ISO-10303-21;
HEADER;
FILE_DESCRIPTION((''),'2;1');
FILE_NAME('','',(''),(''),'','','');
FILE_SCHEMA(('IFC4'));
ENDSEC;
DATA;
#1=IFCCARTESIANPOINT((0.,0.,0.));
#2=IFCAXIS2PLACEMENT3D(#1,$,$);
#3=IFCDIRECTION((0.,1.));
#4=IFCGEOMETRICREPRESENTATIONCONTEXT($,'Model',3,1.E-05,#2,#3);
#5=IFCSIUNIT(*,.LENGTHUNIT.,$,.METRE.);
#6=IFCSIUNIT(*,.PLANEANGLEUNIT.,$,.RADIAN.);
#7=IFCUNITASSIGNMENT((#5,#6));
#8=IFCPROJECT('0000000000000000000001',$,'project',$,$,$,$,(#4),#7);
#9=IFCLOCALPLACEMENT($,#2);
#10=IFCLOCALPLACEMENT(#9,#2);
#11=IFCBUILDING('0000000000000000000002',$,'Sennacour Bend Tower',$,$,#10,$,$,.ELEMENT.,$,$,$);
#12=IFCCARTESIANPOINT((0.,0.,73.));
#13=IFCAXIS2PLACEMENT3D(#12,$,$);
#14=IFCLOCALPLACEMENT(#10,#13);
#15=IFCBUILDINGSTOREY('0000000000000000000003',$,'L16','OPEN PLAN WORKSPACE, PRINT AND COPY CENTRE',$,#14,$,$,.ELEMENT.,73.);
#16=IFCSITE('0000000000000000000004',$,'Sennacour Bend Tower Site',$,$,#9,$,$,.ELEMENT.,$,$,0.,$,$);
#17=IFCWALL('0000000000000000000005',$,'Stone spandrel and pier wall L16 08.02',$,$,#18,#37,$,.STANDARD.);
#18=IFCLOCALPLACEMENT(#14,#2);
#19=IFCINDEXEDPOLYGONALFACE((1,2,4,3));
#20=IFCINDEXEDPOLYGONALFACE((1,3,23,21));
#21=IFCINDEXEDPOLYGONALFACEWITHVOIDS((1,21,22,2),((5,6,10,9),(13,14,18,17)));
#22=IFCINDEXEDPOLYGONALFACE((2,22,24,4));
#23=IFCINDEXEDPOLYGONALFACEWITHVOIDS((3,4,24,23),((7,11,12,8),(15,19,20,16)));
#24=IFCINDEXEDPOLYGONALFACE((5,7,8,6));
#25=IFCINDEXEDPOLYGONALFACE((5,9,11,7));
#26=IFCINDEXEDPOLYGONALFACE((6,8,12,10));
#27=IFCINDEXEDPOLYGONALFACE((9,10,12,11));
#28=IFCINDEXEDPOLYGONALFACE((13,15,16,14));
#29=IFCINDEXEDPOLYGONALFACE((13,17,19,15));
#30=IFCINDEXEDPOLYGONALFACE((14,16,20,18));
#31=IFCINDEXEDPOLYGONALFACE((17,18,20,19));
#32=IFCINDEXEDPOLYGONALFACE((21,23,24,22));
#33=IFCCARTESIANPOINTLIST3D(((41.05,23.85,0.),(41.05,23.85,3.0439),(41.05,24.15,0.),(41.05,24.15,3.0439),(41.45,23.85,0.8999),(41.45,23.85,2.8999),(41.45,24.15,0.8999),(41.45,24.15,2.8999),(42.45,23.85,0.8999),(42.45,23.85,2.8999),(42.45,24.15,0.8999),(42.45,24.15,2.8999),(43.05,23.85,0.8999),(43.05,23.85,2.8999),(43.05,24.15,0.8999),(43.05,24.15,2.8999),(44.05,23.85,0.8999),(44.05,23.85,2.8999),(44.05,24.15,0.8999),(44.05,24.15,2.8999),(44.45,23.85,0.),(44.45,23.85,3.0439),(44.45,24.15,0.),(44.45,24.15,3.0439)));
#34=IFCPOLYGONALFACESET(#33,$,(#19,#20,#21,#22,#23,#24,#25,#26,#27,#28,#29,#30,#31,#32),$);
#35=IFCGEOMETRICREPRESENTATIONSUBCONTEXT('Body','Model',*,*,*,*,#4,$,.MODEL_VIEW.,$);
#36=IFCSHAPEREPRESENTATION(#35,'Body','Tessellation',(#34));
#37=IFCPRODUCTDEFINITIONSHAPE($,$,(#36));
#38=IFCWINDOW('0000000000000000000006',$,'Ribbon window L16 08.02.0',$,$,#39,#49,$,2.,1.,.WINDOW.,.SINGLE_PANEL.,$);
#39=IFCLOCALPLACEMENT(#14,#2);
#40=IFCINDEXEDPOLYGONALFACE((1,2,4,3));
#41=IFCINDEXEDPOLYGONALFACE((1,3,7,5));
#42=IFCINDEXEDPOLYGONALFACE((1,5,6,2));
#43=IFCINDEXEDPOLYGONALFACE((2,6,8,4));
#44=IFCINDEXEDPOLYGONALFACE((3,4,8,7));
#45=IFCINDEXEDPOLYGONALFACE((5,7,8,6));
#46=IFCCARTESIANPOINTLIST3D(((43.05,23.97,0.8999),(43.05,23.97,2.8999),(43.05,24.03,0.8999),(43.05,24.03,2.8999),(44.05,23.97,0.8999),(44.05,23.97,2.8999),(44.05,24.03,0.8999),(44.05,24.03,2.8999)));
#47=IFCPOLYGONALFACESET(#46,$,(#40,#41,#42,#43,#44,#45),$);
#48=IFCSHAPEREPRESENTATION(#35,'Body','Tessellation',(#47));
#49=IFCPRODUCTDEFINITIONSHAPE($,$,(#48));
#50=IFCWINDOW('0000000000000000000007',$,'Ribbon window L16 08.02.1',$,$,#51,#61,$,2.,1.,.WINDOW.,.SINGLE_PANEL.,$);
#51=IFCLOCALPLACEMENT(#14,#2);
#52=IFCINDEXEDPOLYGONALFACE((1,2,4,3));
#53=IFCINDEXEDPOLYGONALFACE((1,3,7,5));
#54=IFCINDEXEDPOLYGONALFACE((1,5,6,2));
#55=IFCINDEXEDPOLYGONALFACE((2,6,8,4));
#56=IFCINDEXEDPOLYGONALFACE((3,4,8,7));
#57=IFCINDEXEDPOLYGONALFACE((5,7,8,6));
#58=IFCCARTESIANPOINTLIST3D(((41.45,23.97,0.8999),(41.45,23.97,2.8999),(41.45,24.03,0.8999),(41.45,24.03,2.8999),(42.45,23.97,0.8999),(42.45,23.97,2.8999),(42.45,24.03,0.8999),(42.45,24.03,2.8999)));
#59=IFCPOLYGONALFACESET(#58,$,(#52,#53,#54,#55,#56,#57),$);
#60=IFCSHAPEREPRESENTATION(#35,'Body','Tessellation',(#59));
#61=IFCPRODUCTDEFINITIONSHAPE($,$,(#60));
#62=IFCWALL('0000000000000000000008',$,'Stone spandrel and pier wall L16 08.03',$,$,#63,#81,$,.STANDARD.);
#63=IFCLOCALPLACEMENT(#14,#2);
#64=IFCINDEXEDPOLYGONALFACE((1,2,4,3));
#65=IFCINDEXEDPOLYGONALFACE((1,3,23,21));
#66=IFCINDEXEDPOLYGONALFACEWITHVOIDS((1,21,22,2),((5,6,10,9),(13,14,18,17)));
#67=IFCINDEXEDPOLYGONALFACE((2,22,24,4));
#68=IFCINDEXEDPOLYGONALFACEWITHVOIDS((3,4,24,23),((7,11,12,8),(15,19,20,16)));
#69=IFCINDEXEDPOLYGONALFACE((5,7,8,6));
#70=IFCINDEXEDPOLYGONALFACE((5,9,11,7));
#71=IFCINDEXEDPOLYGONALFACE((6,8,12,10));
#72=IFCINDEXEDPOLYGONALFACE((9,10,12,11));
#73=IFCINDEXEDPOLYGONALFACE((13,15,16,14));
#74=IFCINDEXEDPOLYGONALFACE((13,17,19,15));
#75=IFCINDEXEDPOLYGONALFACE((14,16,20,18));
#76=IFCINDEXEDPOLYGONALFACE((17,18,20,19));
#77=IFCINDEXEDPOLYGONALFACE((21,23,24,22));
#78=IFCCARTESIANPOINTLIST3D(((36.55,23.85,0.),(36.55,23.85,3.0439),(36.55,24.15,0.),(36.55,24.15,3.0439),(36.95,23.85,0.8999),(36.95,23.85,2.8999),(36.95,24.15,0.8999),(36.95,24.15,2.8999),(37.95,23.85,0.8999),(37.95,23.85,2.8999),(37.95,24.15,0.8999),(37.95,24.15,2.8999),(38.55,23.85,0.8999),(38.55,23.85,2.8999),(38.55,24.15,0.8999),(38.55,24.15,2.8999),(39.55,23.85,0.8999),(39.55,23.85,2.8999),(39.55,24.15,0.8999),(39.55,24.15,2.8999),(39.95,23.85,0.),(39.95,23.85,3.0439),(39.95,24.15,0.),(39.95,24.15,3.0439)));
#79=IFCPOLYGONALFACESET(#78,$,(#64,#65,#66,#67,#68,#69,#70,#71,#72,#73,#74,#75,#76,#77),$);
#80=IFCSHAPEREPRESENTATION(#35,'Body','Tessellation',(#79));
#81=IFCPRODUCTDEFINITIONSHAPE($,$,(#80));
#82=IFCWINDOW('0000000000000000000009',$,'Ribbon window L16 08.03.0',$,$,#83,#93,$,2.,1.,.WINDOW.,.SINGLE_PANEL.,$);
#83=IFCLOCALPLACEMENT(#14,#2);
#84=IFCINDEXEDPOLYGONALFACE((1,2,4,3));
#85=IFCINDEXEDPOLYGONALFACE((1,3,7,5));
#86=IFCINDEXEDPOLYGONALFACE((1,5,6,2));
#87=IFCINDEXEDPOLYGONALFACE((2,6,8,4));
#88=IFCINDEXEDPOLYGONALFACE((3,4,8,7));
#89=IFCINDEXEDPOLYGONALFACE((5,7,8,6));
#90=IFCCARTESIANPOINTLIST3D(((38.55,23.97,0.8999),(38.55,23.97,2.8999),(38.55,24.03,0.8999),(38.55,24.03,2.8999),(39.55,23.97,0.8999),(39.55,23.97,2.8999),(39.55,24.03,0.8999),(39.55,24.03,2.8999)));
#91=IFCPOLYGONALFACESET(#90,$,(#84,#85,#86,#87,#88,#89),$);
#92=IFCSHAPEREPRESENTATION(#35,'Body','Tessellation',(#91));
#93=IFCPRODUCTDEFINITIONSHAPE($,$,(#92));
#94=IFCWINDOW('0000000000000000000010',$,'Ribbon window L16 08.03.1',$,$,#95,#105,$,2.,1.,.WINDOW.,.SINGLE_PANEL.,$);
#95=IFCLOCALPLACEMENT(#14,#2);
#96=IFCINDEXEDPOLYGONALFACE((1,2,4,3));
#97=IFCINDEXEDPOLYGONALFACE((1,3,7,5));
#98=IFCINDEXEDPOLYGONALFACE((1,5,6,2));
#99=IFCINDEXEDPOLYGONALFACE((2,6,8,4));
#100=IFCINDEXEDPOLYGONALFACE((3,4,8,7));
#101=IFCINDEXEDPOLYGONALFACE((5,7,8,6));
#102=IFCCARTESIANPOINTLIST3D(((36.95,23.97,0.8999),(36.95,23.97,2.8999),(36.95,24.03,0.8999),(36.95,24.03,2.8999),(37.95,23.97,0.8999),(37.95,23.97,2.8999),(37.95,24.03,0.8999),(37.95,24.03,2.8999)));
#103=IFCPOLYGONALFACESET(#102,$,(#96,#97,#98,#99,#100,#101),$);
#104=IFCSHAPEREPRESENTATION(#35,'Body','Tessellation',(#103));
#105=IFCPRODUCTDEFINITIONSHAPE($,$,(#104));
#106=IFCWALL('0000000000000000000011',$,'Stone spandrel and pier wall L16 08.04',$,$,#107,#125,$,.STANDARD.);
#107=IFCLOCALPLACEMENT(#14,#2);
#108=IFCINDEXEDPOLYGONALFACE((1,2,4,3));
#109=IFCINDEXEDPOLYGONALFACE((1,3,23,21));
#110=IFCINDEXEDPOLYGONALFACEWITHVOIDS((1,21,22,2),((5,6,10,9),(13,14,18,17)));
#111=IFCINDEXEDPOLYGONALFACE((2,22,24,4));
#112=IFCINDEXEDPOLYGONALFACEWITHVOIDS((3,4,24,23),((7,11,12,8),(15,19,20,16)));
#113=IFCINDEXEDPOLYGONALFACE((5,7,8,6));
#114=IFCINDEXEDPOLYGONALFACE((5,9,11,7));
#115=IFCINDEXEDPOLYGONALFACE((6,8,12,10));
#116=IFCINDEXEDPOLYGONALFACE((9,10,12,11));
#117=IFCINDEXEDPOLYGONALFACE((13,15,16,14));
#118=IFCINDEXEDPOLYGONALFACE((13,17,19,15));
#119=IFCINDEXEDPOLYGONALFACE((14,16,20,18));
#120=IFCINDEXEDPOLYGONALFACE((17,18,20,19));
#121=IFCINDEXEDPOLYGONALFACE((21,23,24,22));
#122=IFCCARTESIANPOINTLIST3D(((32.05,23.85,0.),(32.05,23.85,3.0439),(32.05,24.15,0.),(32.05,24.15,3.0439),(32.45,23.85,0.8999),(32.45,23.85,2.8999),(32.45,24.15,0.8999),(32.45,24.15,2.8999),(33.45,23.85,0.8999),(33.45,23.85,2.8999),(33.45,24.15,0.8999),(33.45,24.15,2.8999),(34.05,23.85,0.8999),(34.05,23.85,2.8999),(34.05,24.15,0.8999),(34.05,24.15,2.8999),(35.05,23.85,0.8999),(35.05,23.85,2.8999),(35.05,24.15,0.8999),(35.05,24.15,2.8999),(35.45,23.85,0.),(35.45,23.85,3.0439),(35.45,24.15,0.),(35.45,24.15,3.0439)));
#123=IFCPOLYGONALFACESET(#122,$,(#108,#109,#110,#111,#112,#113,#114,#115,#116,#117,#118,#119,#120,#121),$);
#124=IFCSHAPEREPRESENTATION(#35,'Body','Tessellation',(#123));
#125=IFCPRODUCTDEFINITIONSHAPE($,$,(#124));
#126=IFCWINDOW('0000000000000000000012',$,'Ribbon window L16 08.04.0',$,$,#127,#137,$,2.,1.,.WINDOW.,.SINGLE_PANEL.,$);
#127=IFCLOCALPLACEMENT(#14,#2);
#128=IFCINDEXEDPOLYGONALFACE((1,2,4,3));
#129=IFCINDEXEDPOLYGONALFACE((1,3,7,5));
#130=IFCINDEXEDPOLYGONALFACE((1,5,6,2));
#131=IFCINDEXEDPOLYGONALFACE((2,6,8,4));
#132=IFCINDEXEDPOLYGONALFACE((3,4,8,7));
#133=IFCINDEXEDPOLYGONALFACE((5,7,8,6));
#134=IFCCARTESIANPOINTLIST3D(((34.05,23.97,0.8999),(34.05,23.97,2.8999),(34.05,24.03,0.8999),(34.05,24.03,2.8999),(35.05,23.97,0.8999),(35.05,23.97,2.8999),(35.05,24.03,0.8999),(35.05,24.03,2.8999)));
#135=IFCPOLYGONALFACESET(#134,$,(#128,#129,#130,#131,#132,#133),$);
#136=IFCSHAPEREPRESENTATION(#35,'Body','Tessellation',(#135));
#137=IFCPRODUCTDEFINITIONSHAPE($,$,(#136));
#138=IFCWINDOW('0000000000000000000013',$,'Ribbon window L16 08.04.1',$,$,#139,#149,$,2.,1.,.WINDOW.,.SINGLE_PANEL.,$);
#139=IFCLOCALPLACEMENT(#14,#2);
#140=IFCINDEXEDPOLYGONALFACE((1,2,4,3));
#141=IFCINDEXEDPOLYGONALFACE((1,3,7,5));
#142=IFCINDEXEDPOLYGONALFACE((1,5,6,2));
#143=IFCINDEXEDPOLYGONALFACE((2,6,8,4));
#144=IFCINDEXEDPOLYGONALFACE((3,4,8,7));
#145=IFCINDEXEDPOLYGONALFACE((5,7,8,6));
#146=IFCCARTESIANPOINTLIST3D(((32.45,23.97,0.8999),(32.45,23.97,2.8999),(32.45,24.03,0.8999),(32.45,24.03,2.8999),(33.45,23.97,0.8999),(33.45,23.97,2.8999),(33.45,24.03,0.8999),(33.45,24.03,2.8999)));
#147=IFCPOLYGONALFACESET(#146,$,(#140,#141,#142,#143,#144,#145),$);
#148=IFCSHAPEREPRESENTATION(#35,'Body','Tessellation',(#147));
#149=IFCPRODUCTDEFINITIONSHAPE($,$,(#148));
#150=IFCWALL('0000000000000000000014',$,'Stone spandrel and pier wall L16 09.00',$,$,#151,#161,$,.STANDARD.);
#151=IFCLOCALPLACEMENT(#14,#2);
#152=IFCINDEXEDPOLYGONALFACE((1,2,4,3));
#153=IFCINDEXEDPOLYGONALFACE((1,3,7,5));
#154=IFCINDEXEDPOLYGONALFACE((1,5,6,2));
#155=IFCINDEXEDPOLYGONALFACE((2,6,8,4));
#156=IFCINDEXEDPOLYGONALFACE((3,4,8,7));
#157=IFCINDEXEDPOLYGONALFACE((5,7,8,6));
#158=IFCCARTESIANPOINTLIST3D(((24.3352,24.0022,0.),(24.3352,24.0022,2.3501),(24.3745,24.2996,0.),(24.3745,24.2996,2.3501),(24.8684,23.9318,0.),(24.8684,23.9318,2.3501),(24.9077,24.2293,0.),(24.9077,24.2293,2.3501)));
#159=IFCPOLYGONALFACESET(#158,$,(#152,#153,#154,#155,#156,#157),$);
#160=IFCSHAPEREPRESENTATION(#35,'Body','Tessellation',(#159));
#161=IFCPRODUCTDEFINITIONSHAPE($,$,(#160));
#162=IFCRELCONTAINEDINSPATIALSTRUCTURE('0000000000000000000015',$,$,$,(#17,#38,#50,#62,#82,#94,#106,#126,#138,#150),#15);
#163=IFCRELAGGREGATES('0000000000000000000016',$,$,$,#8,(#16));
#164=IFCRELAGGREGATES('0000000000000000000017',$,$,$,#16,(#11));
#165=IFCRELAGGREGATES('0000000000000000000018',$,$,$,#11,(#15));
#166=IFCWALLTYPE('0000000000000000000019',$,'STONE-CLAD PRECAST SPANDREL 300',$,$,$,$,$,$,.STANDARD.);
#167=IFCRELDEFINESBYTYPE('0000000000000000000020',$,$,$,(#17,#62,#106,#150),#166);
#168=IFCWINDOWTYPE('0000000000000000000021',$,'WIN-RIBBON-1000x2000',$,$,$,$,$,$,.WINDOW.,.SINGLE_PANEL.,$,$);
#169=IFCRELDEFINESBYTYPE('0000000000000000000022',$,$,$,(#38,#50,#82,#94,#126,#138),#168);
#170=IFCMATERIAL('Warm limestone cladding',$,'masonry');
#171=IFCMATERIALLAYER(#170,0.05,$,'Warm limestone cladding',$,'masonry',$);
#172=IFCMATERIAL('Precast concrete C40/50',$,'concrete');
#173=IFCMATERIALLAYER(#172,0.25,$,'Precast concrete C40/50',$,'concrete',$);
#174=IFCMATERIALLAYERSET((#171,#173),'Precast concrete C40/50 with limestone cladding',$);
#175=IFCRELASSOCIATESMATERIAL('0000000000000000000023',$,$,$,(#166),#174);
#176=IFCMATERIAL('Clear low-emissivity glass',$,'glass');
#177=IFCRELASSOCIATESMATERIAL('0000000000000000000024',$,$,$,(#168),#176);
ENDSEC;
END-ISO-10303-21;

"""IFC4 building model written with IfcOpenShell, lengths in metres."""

from ifc_helpers import new_model, si_unit, direction, frame, frame_2d, origin, place, context, subcontext, project, spatial, rectangle, extrude, material, layer, layer_set, type_object, element, fill, save


model = new_model("IFC4")

# Units and contexts
model_context = context("Model", 3, precision=1e-05, world=origin(), true_north=direction((0.0, 1.0)))
body_context = subcontext(model_context, "Body", "Model", "MODEL_VIEW")
ifc_project = project(units=[si_unit("LENGTHUNIT", "METRE"), si_unit("PLANEANGLEUNIT", "RADIAN")], contexts=[model_context])

# Site, building, storey
site_placement = place(None, origin())
site = spatial("IfcSite", under=ifc_project, at=site_placement, Name="Sennacour Bend Tower Site", CompositionType="ELEMENT", RefElevation=0.0)
building_placement = place(site_placement, origin())
building = spatial("IfcBuilding", under=site, at=building_placement, Name="Sennacour Bend Tower", CompositionType="ELEMENT")
storey_placement = place(building_placement, frame((0.0, 0.0, 73.0)))
storey = spatial("IfcBuildingStorey", under=building, at=storey_placement, Name="L16", Description="OPEN PLAN WORKSPACE, PRINT AND COPY CENTRE", CompositionType="ELEMENT", Elevation=73.0)

# Walls, openings, windows
ifc_material_1 = material(Name="Warm limestone cladding", Category="masonry")
ifc_layer_1 = layer(ifc_material_1, 0.05, Name="Warm limestone cladding", Category="masonry")
ifc_material_2 = material(Name="Precast concrete C40/50", Category="concrete")
ifc_layer_2 = layer(ifc_material_2, 0.25, Name="Precast concrete C40/50", Category="concrete")
ifc_layer_set_1 = layer_set([ifc_layer_1, ifc_layer_2], Name="Precast concrete C40/50 with limestone cladding")
wall_type_1 = type_object("IfcWallType", Name="STONE-CLAD PRECAST SPANDREL 300", PredefinedType="STANDARD", material=ifc_layer_set_1)
wall_1_placement = place(storey_placement, frame((44.45, 24.0, 0.0), z_axis=(0.0, 0.0, 1.0), x_axis=(-1.0, 0.0, 0.0)))
wall_1 = element("IfcWall", 1, at=wall_1_placement, inside=storey, type_object=wall_type_1, Name="Stone spandrel and pier wall L16 08.02", PredefinedType="STANDARD", context=body_context, shape_type="SweptSolid", body=[
    extrude(rectangle(XDim=3.3999, YDim=0.3, at=frame_2d((1.7, 0.0))), origin(), (0.0, 0.0, 1.0), 3.0439),
])
opening_1_placement = place(wall_1_placement, frame((0.3999, 0.0, 0.8999)))
opening_1 = element("IfcOpeningElement", 2, at=opening_1_placement, cuts=wall_1, PredefinedType="OPENING", context=body_context, shape_type="SweptSolid", body=[
    extrude(rectangle(XDim=1.0, YDim=2.0, at=frame_2d((0.5, 1.0))), frame((0.0, 0.1602, 0.0), z_axis=(0.0, -1.0, 0.0), x_axis=(1.0, 0.0, 0.0)), (0.0, 0.0, 1.0), 0.3201),
])
opening_2_placement = place(wall_1_placement, frame((2.0, 0.0, 0.8999)))
opening_2 = element("IfcOpeningElement", 3, at=opening_2_placement, cuts=wall_1, PredefinedType="OPENING", context=body_context, shape_type="SweptSolid", body=[
    extrude(rectangle(XDim=1.0, YDim=2.0, at=frame_2d((0.5, 1.0))), frame((0.0, 0.1602, 0.0), z_axis=(0.0, -1.0, 0.0), x_axis=(1.0, 0.0, 0.0)), (0.0, 0.0, 1.0), 0.3201),
])
ifc_material_3 = material(Name="Clear low-emissivity glass", Category="glass")
window_type = type_object("IfcWindowType", Name="WIN-RIBBON-1000x2000", PartitioningType="SINGLE_PANEL", PredefinedType="WINDOW", material=ifc_material_3)
window_1_placement = place(opening_1_placement, origin())
window_1 = element("IfcWindow", 4, at=window_1_placement, inside=storey, type_object=window_type, Name="Ribbon window L16 08.02.0", OverallHeight=2.0, OverallWidth=1.0, PartitioningType="SINGLE_PANEL", PredefinedType="WINDOW", context=body_context, shape_type="SweptSolid", body=[
    extrude(rectangle(XDim=1.0, YDim=2.0, at=frame_2d((0.5, 1.0))), frame((0.0, 0.03, 0.0), z_axis=(0.0, -1.0, 0.0), x_axis=(1.0, 0.0, 0.0)), (0.0, 0.0, 1.0), 0.0601),
])
fill(opening_1, window_1)
window_2_placement = place(opening_2_placement, origin())
window_2 = element("IfcWindow", 5, at=window_2_placement, inside=storey, type_object=window_type, Name="Ribbon window L16 08.02.1", OverallHeight=2.0, OverallWidth=1.0, PartitioningType="SINGLE_PANEL", PredefinedType="WINDOW", context=body_context, shape_type="SweptSolid", body=[
    extrude(rectangle(XDim=1.0, YDim=2.0, at=frame_2d((0.5, 1.0))), frame((0.0, 0.03, 0.0), z_axis=(0.0, -1.0, 0.0), x_axis=(1.0, 0.0, 0.0)), (0.0, 0.0, 1.0), 0.0601),
])
fill(opening_2, window_2)
wall_2_placement = place(storey_placement, frame((39.95, 24.0, 0.0), z_axis=(0.0, 0.0, 1.0), x_axis=(-1.0, 0.0, 0.0)))
wall_2 = element("IfcWall", 6, at=wall_2_placement, inside=storey, type_object=wall_type_1, Name="Stone spandrel and pier wall L16 08.03", PredefinedType="STANDARD", context=body_context, shape_type="SweptSolid", body=[
    extrude(rectangle(XDim=3.3999, YDim=0.3, at=frame_2d((1.7, 0.0))), origin(), (0.0, 0.0, 1.0), 3.0439),
])
opening_3_placement = place(wall_2_placement, frame((0.3999, 0.0, 0.8999)))
opening_3 = element("IfcOpeningElement", 7, at=opening_3_placement, cuts=wall_2, PredefinedType="OPENING", context=body_context, shape_type="SweptSolid", body=[
    extrude(rectangle(XDim=1.0, YDim=2.0, at=frame_2d((0.5, 1.0))), frame((0.0, 0.1602, 0.0), z_axis=(0.0, -1.0, 0.0), x_axis=(1.0, 0.0, 0.0)), (0.0, 0.0, 1.0), 0.3201),
])
opening_4_placement = place(wall_2_placement, frame((2.0, 0.0, 0.8999)))
opening_4 = element("IfcOpeningElement", 8, at=opening_4_placement, cuts=wall_2, PredefinedType="OPENING", context=body_context, shape_type="SweptSolid", body=[
    extrude(rectangle(XDim=1.0, YDim=2.0, at=frame_2d((0.5, 1.0))), frame((0.0, 0.1602, 0.0), z_axis=(0.0, -1.0, 0.0), x_axis=(1.0, 0.0, 0.0)), (0.0, 0.0, 1.0), 0.3201),
])
window_3_placement = place(opening_3_placement, origin())
window_3 = element("IfcWindow", 9, at=window_3_placement, inside=storey, type_object=window_type, Name="Ribbon window L16 08.03.0", OverallHeight=2.0, OverallWidth=1.0, PartitioningType="SINGLE_PANEL", PredefinedType="WINDOW", context=body_context, shape_type="SweptSolid", body=[
    extrude(rectangle(XDim=1.0, YDim=2.0, at=frame_2d((0.5, 1.0))), frame((0.0, 0.03, 0.0), z_axis=(0.0, -1.0, 0.0), x_axis=(1.0, 0.0, 0.0)), (0.0, 0.0, 1.0), 0.0601),
])
fill(opening_3, window_3)
window_4_placement = place(opening_4_placement, origin())
window_4 = element("IfcWindow", 10, at=window_4_placement, inside=storey, type_object=window_type, Name="Ribbon window L16 08.03.1", OverallHeight=2.0, OverallWidth=1.0, PartitioningType="SINGLE_PANEL", PredefinedType="WINDOW", context=body_context, shape_type="SweptSolid", body=[
    extrude(rectangle(XDim=1.0, YDim=2.0, at=frame_2d((0.5, 1.0))), frame((0.0, 0.03, 0.0), z_axis=(0.0, -1.0, 0.0), x_axis=(1.0, 0.0, 0.0)), (0.0, 0.0, 1.0), 0.0601),
])
fill(opening_4, window_4)
wall_3_placement = place(storey_placement, frame((35.45, 24.0, 0.0), z_axis=(0.0, 0.0, 1.0), x_axis=(-1.0, 0.0, 0.0)))
wall_3 = element("IfcWall", 11, at=wall_3_placement, inside=storey, type_object=wall_type_1, Name="Stone spandrel and pier wall L16 08.04", PredefinedType="STANDARD", context=body_context, shape_type="SweptSolid", body=[
    extrude(rectangle(XDim=3.3999, YDim=0.3, at=frame_2d((1.7, 0.0))), origin(), (0.0, 0.0, 1.0), 3.0439),
])
opening_5_placement = place(wall_3_placement, frame((0.3999, 0.0, 0.8999)))
opening_5 = element("IfcOpeningElement", 12, at=opening_5_placement, cuts=wall_3, PredefinedType="OPENING", context=body_context, shape_type="SweptSolid", body=[
    extrude(rectangle(XDim=1.0, YDim=2.0, at=frame_2d((0.5, 1.0))), frame((0.0, 0.1602, 0.0), z_axis=(0.0, -1.0, 0.0), x_axis=(1.0, 0.0, 0.0)), (0.0, 0.0, 1.0), 0.3201),
])
opening_6_placement = place(wall_3_placement, frame((2.0, 0.0, 0.8999)))
opening_6 = element("IfcOpeningElement", 13, at=opening_6_placement, cuts=wall_3, PredefinedType="OPENING", context=body_context, shape_type="SweptSolid", body=[
    extrude(rectangle(XDim=1.0, YDim=2.0, at=frame_2d((0.5, 1.0))), frame((0.0, 0.1602, 0.0), z_axis=(0.0, -1.0, 0.0), x_axis=(1.0, 0.0, 0.0)), (0.0, 0.0, 1.0), 0.3201),
])
window_5_placement = place(opening_5_placement, origin())
window_5 = element("IfcWindow", 14, at=window_5_placement, inside=storey, type_object=window_type, Name="Ribbon window L16 08.04.0", OverallHeight=2.0, OverallWidth=1.0, PartitioningType="SINGLE_PANEL", PredefinedType="WINDOW", context=body_context, shape_type="SweptSolid", body=[
    extrude(rectangle(XDim=1.0, YDim=2.0, at=frame_2d((0.5, 1.0))), frame((0.0, 0.03, 0.0), z_axis=(0.0, -1.0, 0.0), x_axis=(1.0, 0.0, 0.0)), (0.0, 0.0, 1.0), 0.0601),
])
fill(opening_5, window_5)
window_6_placement = place(opening_6_placement, origin())
window_6 = element("IfcWindow", 15, at=window_6_placement, inside=storey, type_object=window_type, Name="Ribbon window L16 08.04.1", OverallHeight=2.0, OverallWidth=1.0, PartitioningType="SINGLE_PANEL", PredefinedType="WINDOW", context=body_context, shape_type="SweptSolid", body=[
    extrude(rectangle(XDim=1.0, YDim=2.0, at=frame_2d((0.5, 1.0))), frame((0.0, 0.03, 0.0), z_axis=(0.0, -1.0, 0.0), x_axis=(1.0, 0.0, 0.0)), (0.0, 0.0, 1.0), 0.0601),
])
fill(opening_6, window_6)

# Wall
wall_4_placement = place(storey_placement, frame((24.8882, 24.0806, 0.0), z_axis=(0.0, 0.0, 1.0), x_axis=(-0.991417, 0.130736, 0.0)))
element("IfcWall", 16, at=wall_4_placement, inside=storey, type_object=wall_type_1, Name="Stone spandrel and pier wall L16 09.00", PredefinedType="STANDARD", context=body_context, shape_type="SweptSolid", body=[
    extrude(rectangle(XDim=0.5378, YDim=0.3, at=frame_2d((0.269, 0.0))), origin(), (0.0, 0.0, 1.0), 2.3501),
])

save(model, "model.ifc")
